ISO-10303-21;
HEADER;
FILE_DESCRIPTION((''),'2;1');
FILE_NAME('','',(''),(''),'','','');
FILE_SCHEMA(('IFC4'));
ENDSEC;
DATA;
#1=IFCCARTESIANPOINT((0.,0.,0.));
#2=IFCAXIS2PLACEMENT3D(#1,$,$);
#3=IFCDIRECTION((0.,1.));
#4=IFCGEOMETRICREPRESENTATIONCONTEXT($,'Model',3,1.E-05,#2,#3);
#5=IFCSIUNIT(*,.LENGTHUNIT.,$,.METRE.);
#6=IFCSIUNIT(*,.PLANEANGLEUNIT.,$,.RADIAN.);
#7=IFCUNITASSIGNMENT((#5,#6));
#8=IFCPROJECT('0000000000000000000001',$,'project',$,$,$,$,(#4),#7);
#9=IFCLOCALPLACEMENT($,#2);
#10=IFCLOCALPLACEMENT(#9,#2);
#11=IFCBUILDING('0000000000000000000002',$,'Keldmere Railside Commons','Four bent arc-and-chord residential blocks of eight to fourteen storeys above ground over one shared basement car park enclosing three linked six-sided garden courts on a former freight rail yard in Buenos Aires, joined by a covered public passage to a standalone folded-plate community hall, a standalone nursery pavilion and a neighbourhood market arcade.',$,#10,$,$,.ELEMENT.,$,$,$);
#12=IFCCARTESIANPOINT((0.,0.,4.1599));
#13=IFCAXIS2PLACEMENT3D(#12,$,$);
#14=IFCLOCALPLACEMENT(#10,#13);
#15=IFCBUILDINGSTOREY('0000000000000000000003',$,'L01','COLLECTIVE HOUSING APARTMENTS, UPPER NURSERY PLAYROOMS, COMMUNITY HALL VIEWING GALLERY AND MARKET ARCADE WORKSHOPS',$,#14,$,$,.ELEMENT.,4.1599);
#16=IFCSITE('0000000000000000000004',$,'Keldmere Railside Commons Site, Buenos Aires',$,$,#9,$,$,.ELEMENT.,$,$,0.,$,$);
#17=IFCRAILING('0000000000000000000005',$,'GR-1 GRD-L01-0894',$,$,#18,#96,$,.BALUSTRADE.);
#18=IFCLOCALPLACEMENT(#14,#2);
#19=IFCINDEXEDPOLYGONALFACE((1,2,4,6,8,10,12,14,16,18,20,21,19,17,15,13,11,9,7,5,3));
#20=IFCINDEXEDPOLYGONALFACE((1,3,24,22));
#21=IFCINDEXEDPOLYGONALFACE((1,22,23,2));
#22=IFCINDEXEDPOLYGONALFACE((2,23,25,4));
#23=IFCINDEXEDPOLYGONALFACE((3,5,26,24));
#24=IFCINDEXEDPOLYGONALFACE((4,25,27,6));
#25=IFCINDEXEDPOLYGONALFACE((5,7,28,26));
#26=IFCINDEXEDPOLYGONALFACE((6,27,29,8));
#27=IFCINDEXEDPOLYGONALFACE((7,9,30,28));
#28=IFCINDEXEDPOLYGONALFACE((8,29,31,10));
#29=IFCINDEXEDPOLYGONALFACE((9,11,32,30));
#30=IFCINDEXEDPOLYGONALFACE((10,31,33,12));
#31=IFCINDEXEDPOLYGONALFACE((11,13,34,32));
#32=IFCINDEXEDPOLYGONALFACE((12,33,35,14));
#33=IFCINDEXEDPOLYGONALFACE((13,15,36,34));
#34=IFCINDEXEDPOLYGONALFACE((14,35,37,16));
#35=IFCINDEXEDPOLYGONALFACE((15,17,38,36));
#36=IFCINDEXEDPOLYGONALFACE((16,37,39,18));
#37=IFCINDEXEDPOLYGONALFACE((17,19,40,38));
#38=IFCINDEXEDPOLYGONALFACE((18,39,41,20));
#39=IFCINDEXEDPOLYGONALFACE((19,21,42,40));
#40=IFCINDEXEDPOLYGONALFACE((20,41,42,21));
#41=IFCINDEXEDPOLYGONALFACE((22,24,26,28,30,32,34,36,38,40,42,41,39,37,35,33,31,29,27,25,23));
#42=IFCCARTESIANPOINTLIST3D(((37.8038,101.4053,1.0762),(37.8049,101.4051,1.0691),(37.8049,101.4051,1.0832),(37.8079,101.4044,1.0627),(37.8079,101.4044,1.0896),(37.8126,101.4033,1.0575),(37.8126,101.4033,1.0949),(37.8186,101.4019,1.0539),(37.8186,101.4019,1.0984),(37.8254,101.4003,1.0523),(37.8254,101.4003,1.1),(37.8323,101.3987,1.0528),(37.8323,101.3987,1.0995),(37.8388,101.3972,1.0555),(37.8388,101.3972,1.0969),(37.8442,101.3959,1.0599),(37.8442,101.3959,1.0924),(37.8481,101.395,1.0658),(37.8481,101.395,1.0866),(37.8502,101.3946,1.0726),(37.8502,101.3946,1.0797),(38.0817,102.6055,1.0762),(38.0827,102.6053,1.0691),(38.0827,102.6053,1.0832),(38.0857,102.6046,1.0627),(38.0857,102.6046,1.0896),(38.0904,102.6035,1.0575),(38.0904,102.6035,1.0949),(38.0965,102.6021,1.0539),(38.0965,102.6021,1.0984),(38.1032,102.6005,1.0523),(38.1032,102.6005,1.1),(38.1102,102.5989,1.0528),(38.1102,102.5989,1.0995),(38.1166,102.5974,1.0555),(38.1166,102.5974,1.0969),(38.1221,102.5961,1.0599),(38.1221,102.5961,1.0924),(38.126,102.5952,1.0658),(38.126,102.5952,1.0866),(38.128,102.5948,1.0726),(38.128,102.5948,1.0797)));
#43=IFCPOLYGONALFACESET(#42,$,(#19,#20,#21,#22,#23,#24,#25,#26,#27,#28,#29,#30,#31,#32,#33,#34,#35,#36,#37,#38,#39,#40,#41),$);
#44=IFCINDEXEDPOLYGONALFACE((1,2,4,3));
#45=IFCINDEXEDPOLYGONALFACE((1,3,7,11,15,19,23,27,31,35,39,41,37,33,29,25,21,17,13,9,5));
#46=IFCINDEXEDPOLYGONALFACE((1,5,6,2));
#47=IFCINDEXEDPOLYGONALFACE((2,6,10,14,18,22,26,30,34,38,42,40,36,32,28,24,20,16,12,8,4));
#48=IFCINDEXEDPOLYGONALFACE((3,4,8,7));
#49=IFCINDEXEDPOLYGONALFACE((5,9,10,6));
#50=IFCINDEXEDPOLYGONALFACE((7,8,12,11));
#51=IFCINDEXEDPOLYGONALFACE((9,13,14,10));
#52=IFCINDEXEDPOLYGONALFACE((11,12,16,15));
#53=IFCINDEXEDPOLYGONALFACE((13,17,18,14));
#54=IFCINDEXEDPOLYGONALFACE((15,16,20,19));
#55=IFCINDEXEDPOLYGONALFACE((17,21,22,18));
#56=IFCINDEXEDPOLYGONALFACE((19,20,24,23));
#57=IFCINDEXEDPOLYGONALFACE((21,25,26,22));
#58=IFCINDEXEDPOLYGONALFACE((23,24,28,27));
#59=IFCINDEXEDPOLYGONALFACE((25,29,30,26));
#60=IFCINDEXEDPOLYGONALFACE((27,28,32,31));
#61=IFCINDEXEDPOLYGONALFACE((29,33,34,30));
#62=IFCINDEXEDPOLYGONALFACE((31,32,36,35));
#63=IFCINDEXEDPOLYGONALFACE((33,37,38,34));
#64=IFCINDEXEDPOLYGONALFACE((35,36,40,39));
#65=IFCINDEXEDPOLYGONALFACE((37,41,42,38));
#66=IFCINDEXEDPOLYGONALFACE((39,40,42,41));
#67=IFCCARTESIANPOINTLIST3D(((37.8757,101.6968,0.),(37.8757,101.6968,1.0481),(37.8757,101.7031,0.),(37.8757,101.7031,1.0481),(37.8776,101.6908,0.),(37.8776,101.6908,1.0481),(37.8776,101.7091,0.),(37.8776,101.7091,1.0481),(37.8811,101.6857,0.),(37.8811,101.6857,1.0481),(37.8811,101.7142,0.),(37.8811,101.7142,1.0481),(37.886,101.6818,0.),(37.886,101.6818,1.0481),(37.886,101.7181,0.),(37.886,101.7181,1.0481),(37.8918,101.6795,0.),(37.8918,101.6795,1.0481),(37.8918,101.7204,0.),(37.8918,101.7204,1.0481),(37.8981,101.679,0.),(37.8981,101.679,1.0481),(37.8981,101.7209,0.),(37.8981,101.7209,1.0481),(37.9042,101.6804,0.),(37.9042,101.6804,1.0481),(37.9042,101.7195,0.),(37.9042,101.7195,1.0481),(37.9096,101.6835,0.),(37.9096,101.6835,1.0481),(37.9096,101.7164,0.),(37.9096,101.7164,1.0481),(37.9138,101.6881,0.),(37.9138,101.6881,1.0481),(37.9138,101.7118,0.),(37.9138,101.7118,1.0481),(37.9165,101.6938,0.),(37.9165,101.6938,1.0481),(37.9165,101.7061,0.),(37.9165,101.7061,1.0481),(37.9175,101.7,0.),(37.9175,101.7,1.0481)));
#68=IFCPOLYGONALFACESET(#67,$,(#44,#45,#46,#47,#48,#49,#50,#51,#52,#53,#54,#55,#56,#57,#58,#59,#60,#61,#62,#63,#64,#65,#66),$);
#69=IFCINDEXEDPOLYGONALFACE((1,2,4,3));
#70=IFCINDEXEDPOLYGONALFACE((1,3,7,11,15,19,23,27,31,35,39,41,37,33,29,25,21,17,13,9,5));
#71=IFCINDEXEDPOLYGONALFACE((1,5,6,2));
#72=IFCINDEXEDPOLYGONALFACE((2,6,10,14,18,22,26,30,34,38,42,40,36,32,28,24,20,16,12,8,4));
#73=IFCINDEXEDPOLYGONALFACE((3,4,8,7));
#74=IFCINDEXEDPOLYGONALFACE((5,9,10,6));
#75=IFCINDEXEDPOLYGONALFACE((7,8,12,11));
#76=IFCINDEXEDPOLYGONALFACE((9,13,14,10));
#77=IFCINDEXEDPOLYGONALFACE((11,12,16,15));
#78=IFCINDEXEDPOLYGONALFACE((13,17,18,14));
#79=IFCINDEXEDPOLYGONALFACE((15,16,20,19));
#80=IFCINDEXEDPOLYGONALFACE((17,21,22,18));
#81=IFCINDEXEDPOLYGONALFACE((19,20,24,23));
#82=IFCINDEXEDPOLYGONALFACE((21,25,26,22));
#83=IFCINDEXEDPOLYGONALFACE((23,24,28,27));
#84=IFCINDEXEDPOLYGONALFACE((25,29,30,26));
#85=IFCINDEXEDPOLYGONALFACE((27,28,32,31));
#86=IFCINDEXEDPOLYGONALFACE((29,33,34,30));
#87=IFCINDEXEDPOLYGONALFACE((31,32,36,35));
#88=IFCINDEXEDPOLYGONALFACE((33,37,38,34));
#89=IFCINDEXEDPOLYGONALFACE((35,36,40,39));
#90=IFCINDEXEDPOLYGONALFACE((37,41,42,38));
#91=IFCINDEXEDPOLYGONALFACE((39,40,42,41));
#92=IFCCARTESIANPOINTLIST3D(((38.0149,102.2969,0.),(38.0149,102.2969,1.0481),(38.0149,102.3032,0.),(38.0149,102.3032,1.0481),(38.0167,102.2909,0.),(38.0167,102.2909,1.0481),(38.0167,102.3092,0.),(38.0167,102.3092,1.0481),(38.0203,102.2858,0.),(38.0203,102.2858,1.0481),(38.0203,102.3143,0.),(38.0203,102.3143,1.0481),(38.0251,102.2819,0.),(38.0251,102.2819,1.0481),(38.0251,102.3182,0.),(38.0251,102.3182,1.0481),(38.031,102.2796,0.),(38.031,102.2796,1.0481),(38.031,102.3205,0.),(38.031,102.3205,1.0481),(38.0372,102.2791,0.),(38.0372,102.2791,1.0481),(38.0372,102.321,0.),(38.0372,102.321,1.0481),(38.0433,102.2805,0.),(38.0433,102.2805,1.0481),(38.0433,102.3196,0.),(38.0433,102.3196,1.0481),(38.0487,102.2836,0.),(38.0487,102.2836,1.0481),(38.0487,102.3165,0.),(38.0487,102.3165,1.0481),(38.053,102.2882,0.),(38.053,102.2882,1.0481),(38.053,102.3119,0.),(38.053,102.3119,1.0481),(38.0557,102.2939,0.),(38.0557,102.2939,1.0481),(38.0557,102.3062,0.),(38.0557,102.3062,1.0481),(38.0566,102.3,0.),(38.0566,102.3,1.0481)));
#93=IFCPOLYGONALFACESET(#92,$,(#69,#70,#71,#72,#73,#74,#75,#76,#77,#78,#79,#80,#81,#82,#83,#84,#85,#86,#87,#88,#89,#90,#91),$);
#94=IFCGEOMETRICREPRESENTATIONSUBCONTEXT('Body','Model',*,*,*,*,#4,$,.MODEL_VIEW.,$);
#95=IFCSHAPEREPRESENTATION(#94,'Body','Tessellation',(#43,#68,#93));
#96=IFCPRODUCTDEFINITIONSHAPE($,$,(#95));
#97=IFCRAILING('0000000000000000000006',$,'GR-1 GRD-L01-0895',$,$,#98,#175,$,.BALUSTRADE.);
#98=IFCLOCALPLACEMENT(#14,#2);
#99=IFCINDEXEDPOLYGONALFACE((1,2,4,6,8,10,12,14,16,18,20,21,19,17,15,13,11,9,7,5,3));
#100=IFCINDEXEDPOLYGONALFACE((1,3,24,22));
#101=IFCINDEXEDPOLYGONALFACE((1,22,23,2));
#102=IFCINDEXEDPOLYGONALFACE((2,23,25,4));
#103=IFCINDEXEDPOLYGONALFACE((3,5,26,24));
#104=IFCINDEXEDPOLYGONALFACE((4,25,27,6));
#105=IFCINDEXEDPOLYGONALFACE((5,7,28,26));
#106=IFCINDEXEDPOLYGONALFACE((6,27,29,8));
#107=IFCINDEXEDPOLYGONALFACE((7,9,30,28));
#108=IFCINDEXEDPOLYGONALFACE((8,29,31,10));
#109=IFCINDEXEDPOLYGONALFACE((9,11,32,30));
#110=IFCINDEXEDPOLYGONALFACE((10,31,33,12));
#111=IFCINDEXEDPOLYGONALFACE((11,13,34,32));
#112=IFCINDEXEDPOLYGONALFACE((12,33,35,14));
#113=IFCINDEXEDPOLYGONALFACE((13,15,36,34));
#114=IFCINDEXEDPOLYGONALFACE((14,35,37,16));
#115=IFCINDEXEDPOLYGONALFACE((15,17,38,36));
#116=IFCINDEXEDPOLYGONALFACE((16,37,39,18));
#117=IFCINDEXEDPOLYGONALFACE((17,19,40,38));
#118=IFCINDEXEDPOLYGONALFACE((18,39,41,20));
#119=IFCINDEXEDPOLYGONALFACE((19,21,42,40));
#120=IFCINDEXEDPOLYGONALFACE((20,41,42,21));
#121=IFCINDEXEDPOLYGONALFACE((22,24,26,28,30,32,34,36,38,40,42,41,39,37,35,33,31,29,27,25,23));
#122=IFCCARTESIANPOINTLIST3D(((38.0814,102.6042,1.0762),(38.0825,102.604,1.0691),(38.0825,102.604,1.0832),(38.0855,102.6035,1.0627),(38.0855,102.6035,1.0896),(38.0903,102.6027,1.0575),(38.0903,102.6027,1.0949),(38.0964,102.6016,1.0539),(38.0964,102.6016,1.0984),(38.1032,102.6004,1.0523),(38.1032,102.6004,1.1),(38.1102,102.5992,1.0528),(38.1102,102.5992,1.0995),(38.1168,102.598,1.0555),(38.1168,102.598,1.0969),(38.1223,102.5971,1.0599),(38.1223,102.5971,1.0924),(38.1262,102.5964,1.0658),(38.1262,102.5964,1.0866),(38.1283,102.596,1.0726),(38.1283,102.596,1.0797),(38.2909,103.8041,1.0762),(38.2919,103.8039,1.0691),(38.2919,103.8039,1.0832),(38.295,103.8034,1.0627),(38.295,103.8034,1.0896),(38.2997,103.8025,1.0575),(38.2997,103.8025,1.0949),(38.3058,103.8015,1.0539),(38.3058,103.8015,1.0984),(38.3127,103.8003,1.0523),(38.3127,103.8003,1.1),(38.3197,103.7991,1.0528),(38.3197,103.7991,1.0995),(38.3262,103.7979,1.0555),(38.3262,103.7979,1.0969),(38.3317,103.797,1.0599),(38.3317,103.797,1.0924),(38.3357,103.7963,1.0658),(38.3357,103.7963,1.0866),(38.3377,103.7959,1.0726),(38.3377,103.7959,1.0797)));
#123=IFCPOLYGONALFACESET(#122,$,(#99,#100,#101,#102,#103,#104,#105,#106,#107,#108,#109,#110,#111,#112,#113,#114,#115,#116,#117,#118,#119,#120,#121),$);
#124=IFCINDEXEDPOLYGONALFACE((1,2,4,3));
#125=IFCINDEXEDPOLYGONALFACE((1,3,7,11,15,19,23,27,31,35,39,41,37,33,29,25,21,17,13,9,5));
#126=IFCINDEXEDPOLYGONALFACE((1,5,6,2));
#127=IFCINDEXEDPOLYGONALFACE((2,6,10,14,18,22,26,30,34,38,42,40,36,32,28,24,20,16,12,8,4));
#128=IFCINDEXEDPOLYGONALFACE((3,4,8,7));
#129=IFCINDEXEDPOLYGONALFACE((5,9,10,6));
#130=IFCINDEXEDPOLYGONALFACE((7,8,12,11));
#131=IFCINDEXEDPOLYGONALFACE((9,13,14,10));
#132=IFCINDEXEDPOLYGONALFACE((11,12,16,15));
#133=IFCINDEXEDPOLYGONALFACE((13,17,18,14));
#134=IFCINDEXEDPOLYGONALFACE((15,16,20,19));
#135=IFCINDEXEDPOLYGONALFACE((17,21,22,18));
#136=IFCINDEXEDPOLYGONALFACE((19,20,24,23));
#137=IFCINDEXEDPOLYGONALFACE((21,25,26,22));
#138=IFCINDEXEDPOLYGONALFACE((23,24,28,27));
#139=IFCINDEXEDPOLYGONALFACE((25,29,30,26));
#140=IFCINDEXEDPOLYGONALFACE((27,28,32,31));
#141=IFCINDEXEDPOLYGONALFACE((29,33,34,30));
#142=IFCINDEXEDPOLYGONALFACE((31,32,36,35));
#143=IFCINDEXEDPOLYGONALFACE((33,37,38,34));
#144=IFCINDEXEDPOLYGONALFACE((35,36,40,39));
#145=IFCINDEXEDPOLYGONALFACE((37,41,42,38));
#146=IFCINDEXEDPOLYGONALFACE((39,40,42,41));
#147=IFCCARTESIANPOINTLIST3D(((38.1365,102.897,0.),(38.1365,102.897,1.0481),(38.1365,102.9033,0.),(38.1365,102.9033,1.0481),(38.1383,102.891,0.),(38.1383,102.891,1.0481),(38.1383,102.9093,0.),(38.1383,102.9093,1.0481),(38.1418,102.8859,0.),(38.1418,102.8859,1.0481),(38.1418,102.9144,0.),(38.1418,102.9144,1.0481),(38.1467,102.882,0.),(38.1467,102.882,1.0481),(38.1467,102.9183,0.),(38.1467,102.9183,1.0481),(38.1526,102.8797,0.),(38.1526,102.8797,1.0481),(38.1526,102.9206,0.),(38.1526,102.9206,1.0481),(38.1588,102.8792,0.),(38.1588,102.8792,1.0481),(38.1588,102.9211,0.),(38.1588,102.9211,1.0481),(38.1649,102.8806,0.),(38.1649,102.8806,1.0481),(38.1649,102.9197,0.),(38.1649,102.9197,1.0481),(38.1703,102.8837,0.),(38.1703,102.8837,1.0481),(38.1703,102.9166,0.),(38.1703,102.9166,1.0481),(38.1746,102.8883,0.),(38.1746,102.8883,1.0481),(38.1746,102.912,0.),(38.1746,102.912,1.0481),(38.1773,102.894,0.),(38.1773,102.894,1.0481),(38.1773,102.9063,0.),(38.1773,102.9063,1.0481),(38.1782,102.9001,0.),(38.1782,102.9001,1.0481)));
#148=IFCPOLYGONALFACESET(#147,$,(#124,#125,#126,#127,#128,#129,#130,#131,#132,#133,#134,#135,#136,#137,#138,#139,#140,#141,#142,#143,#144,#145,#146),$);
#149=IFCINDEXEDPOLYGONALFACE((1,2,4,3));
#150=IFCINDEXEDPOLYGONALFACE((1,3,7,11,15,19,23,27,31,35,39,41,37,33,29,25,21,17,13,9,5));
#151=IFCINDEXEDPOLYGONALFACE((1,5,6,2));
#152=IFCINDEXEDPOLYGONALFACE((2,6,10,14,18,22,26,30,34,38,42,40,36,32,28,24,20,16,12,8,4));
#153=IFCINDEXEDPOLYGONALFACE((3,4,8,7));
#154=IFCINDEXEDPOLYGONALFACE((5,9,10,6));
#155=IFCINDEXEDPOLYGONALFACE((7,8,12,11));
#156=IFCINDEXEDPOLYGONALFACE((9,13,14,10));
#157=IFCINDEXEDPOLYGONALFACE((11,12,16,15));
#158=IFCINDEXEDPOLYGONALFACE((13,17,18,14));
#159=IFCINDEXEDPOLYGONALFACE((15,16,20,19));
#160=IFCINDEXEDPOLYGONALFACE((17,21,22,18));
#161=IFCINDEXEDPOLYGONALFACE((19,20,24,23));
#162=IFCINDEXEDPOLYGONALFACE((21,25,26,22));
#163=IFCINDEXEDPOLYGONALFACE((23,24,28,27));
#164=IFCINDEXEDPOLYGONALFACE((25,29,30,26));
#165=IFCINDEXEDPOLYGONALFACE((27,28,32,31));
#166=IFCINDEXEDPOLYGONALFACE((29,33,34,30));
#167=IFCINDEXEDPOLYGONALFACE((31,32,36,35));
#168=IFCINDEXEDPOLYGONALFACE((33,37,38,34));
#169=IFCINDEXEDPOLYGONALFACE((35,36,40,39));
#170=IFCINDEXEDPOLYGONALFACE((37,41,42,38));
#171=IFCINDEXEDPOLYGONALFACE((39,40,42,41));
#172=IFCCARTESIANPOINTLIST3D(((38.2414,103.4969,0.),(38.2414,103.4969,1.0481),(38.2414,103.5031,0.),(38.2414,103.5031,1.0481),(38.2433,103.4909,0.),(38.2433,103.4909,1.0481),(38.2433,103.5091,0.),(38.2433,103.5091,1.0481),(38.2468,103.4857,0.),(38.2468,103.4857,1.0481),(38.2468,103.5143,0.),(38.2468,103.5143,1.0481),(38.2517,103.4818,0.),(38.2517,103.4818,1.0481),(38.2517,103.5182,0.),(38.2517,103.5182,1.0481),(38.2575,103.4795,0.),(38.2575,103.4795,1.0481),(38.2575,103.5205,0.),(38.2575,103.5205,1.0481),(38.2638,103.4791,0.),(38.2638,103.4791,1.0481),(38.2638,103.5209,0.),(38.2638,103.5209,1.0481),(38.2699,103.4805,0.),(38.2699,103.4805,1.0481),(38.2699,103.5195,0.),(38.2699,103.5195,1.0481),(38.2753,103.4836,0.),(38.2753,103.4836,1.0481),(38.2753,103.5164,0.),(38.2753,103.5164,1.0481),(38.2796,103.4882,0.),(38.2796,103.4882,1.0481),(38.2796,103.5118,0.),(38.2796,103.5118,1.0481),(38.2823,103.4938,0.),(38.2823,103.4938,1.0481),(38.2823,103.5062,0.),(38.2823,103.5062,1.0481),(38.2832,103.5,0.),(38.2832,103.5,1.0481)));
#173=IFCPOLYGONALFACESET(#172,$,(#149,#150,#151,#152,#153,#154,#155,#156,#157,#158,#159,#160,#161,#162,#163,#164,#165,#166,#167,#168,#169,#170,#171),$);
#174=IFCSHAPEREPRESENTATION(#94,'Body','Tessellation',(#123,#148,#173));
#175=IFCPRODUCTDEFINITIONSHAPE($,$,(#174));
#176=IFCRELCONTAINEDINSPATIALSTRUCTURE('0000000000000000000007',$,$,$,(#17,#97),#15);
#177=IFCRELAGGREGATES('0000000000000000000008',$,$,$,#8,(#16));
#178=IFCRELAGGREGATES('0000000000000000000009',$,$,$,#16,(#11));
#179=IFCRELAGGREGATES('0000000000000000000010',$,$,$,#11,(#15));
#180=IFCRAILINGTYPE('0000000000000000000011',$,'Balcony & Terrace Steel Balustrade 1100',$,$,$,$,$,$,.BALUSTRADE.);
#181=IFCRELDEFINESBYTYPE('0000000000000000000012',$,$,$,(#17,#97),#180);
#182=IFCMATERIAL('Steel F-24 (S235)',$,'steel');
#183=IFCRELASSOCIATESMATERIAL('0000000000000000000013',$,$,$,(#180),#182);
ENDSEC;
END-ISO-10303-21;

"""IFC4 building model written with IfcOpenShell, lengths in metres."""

from ifc_helpers import new_model, si_unit, direction, frame, origin, origin_2d, place, context, subcontext, project, spatial, circle, extrude, material, type_object, element, save


model = new_model("IFC4")

# Units and contexts
model_context = context("Model", 3, precision=1e-05, world=origin(), true_north=direction((0.0, 1.0)))
body_context = subcontext(model_context, "Body", "Model", "MODEL_VIEW")
ifc_project = project(units=[si_unit("LENGTHUNIT", "METRE"), si_unit("PLANEANGLEUNIT", "RADIAN")], contexts=[model_context])

# Site, building, storey
site_placement = place(None, origin())
site = spatial("IfcSite", under=ifc_project, at=site_placement, Name="Keldmere Railside Commons Site, Buenos Aires", CompositionType="ELEMENT", RefElevation=0.0)
building_placement = place(site_placement, origin())
building = spatial("IfcBuilding", under=site, at=building_placement, Name="Keldmere Railside Commons", Description="Four bent arc-and-chord residential blocks of eight to fourteen storeys above ground over one shared basement car park enclosing three linked six-sided garden courts on a former freight rail yard in Buenos Aires, joined by a covered public passage to a standalone folded-plate community hall, a standalone nursery pavilion and a neighbourhood market arcade.", CompositionType="ELEMENT")
storey_placement = place(building_placement, frame((0.0, 0.0, 4.1599)))
storey = spatial("IfcBuildingStorey", under=building, at=storey_placement, Name="L01", Description="COLLECTIVE HOUSING APARTMENTS, UPPER NURSERY PLAYROOMS, COMMUNITY HALL VIEWING GALLERY AND MARKET ARCADE WORKSHOPS", CompositionType="ELEMENT", Elevation=4.1599)

# Railings
ifc_material_1 = material(Name="Steel F-24 (S235)", Category="steel")
railing_type = type_object("IfcRailingType", Name="Balcony & Terrace Steel Balustrade 1100", PredefinedType="BALUSTRADE", material=ifc_material_1)
railing_1_placement = place(storey_placement, frame((37.8271, 101.3999, 0.0)))
element("IfcRailing", 1, at=railing_1_placement, inside=storey, type_object=railing_type, Name="GR-1 GRD-L01-0894", PredefinedType="BALUSTRADE", context=body_context, shape_type="SweptSolid", body=[
    extrude(circle(Radius=0.0239, at=origin_2d()), frame((0.0, 0.0, 1.0762), z_axis=(0.225525, 0.974237, 0.0), x_axis=(-0.974237, 0.225525, 0.0)), (0.0, 0.0, 1.0), 1.2319),
    extrude(circle(Radius=0.021, at=origin_2d()), frame((0.0693, 0.3, 0.0)), (0.0, 0.0, 1.0), 1.0481),
    extrude(circle(Radius=0.021, at=origin_2d()), frame((0.2085, 0.9001, 0.0)), (0.0, 0.0, 1.0), 1.0481),
])
railing_2_placement = place(storey_placement, frame((38.105, 102.6001, 0.0)))
element("IfcRailing", 2, at=railing_2_placement, inside=storey, type_object=railing_type, Name="GR-1 GRD-L01-0895", PredefinedType="BALUSTRADE", context=body_context, shape_type="SweptSolid", body=[
    extrude(circle(Radius=0.0239, at=origin_2d()), frame((0.0, 0.0, 1.0762), z_axis=(0.171967, 0.985103, 0.0), x_axis=(-0.985103, 0.171967, 0.0)), (0.0, 0.0, 1.0), 1.218),
    extrude(circle(Radius=0.021, at=origin_2d()), frame((0.0522, 0.3, 0.0)), (0.0, 0.0, 1.0), 1.0481),
    extrude(circle(Radius=0.021, at=origin_2d()), frame((0.1572, 0.8999, 0.0)), (0.0, 0.0, 1.0), 1.0481),
])

save(model, "model.ifc")
